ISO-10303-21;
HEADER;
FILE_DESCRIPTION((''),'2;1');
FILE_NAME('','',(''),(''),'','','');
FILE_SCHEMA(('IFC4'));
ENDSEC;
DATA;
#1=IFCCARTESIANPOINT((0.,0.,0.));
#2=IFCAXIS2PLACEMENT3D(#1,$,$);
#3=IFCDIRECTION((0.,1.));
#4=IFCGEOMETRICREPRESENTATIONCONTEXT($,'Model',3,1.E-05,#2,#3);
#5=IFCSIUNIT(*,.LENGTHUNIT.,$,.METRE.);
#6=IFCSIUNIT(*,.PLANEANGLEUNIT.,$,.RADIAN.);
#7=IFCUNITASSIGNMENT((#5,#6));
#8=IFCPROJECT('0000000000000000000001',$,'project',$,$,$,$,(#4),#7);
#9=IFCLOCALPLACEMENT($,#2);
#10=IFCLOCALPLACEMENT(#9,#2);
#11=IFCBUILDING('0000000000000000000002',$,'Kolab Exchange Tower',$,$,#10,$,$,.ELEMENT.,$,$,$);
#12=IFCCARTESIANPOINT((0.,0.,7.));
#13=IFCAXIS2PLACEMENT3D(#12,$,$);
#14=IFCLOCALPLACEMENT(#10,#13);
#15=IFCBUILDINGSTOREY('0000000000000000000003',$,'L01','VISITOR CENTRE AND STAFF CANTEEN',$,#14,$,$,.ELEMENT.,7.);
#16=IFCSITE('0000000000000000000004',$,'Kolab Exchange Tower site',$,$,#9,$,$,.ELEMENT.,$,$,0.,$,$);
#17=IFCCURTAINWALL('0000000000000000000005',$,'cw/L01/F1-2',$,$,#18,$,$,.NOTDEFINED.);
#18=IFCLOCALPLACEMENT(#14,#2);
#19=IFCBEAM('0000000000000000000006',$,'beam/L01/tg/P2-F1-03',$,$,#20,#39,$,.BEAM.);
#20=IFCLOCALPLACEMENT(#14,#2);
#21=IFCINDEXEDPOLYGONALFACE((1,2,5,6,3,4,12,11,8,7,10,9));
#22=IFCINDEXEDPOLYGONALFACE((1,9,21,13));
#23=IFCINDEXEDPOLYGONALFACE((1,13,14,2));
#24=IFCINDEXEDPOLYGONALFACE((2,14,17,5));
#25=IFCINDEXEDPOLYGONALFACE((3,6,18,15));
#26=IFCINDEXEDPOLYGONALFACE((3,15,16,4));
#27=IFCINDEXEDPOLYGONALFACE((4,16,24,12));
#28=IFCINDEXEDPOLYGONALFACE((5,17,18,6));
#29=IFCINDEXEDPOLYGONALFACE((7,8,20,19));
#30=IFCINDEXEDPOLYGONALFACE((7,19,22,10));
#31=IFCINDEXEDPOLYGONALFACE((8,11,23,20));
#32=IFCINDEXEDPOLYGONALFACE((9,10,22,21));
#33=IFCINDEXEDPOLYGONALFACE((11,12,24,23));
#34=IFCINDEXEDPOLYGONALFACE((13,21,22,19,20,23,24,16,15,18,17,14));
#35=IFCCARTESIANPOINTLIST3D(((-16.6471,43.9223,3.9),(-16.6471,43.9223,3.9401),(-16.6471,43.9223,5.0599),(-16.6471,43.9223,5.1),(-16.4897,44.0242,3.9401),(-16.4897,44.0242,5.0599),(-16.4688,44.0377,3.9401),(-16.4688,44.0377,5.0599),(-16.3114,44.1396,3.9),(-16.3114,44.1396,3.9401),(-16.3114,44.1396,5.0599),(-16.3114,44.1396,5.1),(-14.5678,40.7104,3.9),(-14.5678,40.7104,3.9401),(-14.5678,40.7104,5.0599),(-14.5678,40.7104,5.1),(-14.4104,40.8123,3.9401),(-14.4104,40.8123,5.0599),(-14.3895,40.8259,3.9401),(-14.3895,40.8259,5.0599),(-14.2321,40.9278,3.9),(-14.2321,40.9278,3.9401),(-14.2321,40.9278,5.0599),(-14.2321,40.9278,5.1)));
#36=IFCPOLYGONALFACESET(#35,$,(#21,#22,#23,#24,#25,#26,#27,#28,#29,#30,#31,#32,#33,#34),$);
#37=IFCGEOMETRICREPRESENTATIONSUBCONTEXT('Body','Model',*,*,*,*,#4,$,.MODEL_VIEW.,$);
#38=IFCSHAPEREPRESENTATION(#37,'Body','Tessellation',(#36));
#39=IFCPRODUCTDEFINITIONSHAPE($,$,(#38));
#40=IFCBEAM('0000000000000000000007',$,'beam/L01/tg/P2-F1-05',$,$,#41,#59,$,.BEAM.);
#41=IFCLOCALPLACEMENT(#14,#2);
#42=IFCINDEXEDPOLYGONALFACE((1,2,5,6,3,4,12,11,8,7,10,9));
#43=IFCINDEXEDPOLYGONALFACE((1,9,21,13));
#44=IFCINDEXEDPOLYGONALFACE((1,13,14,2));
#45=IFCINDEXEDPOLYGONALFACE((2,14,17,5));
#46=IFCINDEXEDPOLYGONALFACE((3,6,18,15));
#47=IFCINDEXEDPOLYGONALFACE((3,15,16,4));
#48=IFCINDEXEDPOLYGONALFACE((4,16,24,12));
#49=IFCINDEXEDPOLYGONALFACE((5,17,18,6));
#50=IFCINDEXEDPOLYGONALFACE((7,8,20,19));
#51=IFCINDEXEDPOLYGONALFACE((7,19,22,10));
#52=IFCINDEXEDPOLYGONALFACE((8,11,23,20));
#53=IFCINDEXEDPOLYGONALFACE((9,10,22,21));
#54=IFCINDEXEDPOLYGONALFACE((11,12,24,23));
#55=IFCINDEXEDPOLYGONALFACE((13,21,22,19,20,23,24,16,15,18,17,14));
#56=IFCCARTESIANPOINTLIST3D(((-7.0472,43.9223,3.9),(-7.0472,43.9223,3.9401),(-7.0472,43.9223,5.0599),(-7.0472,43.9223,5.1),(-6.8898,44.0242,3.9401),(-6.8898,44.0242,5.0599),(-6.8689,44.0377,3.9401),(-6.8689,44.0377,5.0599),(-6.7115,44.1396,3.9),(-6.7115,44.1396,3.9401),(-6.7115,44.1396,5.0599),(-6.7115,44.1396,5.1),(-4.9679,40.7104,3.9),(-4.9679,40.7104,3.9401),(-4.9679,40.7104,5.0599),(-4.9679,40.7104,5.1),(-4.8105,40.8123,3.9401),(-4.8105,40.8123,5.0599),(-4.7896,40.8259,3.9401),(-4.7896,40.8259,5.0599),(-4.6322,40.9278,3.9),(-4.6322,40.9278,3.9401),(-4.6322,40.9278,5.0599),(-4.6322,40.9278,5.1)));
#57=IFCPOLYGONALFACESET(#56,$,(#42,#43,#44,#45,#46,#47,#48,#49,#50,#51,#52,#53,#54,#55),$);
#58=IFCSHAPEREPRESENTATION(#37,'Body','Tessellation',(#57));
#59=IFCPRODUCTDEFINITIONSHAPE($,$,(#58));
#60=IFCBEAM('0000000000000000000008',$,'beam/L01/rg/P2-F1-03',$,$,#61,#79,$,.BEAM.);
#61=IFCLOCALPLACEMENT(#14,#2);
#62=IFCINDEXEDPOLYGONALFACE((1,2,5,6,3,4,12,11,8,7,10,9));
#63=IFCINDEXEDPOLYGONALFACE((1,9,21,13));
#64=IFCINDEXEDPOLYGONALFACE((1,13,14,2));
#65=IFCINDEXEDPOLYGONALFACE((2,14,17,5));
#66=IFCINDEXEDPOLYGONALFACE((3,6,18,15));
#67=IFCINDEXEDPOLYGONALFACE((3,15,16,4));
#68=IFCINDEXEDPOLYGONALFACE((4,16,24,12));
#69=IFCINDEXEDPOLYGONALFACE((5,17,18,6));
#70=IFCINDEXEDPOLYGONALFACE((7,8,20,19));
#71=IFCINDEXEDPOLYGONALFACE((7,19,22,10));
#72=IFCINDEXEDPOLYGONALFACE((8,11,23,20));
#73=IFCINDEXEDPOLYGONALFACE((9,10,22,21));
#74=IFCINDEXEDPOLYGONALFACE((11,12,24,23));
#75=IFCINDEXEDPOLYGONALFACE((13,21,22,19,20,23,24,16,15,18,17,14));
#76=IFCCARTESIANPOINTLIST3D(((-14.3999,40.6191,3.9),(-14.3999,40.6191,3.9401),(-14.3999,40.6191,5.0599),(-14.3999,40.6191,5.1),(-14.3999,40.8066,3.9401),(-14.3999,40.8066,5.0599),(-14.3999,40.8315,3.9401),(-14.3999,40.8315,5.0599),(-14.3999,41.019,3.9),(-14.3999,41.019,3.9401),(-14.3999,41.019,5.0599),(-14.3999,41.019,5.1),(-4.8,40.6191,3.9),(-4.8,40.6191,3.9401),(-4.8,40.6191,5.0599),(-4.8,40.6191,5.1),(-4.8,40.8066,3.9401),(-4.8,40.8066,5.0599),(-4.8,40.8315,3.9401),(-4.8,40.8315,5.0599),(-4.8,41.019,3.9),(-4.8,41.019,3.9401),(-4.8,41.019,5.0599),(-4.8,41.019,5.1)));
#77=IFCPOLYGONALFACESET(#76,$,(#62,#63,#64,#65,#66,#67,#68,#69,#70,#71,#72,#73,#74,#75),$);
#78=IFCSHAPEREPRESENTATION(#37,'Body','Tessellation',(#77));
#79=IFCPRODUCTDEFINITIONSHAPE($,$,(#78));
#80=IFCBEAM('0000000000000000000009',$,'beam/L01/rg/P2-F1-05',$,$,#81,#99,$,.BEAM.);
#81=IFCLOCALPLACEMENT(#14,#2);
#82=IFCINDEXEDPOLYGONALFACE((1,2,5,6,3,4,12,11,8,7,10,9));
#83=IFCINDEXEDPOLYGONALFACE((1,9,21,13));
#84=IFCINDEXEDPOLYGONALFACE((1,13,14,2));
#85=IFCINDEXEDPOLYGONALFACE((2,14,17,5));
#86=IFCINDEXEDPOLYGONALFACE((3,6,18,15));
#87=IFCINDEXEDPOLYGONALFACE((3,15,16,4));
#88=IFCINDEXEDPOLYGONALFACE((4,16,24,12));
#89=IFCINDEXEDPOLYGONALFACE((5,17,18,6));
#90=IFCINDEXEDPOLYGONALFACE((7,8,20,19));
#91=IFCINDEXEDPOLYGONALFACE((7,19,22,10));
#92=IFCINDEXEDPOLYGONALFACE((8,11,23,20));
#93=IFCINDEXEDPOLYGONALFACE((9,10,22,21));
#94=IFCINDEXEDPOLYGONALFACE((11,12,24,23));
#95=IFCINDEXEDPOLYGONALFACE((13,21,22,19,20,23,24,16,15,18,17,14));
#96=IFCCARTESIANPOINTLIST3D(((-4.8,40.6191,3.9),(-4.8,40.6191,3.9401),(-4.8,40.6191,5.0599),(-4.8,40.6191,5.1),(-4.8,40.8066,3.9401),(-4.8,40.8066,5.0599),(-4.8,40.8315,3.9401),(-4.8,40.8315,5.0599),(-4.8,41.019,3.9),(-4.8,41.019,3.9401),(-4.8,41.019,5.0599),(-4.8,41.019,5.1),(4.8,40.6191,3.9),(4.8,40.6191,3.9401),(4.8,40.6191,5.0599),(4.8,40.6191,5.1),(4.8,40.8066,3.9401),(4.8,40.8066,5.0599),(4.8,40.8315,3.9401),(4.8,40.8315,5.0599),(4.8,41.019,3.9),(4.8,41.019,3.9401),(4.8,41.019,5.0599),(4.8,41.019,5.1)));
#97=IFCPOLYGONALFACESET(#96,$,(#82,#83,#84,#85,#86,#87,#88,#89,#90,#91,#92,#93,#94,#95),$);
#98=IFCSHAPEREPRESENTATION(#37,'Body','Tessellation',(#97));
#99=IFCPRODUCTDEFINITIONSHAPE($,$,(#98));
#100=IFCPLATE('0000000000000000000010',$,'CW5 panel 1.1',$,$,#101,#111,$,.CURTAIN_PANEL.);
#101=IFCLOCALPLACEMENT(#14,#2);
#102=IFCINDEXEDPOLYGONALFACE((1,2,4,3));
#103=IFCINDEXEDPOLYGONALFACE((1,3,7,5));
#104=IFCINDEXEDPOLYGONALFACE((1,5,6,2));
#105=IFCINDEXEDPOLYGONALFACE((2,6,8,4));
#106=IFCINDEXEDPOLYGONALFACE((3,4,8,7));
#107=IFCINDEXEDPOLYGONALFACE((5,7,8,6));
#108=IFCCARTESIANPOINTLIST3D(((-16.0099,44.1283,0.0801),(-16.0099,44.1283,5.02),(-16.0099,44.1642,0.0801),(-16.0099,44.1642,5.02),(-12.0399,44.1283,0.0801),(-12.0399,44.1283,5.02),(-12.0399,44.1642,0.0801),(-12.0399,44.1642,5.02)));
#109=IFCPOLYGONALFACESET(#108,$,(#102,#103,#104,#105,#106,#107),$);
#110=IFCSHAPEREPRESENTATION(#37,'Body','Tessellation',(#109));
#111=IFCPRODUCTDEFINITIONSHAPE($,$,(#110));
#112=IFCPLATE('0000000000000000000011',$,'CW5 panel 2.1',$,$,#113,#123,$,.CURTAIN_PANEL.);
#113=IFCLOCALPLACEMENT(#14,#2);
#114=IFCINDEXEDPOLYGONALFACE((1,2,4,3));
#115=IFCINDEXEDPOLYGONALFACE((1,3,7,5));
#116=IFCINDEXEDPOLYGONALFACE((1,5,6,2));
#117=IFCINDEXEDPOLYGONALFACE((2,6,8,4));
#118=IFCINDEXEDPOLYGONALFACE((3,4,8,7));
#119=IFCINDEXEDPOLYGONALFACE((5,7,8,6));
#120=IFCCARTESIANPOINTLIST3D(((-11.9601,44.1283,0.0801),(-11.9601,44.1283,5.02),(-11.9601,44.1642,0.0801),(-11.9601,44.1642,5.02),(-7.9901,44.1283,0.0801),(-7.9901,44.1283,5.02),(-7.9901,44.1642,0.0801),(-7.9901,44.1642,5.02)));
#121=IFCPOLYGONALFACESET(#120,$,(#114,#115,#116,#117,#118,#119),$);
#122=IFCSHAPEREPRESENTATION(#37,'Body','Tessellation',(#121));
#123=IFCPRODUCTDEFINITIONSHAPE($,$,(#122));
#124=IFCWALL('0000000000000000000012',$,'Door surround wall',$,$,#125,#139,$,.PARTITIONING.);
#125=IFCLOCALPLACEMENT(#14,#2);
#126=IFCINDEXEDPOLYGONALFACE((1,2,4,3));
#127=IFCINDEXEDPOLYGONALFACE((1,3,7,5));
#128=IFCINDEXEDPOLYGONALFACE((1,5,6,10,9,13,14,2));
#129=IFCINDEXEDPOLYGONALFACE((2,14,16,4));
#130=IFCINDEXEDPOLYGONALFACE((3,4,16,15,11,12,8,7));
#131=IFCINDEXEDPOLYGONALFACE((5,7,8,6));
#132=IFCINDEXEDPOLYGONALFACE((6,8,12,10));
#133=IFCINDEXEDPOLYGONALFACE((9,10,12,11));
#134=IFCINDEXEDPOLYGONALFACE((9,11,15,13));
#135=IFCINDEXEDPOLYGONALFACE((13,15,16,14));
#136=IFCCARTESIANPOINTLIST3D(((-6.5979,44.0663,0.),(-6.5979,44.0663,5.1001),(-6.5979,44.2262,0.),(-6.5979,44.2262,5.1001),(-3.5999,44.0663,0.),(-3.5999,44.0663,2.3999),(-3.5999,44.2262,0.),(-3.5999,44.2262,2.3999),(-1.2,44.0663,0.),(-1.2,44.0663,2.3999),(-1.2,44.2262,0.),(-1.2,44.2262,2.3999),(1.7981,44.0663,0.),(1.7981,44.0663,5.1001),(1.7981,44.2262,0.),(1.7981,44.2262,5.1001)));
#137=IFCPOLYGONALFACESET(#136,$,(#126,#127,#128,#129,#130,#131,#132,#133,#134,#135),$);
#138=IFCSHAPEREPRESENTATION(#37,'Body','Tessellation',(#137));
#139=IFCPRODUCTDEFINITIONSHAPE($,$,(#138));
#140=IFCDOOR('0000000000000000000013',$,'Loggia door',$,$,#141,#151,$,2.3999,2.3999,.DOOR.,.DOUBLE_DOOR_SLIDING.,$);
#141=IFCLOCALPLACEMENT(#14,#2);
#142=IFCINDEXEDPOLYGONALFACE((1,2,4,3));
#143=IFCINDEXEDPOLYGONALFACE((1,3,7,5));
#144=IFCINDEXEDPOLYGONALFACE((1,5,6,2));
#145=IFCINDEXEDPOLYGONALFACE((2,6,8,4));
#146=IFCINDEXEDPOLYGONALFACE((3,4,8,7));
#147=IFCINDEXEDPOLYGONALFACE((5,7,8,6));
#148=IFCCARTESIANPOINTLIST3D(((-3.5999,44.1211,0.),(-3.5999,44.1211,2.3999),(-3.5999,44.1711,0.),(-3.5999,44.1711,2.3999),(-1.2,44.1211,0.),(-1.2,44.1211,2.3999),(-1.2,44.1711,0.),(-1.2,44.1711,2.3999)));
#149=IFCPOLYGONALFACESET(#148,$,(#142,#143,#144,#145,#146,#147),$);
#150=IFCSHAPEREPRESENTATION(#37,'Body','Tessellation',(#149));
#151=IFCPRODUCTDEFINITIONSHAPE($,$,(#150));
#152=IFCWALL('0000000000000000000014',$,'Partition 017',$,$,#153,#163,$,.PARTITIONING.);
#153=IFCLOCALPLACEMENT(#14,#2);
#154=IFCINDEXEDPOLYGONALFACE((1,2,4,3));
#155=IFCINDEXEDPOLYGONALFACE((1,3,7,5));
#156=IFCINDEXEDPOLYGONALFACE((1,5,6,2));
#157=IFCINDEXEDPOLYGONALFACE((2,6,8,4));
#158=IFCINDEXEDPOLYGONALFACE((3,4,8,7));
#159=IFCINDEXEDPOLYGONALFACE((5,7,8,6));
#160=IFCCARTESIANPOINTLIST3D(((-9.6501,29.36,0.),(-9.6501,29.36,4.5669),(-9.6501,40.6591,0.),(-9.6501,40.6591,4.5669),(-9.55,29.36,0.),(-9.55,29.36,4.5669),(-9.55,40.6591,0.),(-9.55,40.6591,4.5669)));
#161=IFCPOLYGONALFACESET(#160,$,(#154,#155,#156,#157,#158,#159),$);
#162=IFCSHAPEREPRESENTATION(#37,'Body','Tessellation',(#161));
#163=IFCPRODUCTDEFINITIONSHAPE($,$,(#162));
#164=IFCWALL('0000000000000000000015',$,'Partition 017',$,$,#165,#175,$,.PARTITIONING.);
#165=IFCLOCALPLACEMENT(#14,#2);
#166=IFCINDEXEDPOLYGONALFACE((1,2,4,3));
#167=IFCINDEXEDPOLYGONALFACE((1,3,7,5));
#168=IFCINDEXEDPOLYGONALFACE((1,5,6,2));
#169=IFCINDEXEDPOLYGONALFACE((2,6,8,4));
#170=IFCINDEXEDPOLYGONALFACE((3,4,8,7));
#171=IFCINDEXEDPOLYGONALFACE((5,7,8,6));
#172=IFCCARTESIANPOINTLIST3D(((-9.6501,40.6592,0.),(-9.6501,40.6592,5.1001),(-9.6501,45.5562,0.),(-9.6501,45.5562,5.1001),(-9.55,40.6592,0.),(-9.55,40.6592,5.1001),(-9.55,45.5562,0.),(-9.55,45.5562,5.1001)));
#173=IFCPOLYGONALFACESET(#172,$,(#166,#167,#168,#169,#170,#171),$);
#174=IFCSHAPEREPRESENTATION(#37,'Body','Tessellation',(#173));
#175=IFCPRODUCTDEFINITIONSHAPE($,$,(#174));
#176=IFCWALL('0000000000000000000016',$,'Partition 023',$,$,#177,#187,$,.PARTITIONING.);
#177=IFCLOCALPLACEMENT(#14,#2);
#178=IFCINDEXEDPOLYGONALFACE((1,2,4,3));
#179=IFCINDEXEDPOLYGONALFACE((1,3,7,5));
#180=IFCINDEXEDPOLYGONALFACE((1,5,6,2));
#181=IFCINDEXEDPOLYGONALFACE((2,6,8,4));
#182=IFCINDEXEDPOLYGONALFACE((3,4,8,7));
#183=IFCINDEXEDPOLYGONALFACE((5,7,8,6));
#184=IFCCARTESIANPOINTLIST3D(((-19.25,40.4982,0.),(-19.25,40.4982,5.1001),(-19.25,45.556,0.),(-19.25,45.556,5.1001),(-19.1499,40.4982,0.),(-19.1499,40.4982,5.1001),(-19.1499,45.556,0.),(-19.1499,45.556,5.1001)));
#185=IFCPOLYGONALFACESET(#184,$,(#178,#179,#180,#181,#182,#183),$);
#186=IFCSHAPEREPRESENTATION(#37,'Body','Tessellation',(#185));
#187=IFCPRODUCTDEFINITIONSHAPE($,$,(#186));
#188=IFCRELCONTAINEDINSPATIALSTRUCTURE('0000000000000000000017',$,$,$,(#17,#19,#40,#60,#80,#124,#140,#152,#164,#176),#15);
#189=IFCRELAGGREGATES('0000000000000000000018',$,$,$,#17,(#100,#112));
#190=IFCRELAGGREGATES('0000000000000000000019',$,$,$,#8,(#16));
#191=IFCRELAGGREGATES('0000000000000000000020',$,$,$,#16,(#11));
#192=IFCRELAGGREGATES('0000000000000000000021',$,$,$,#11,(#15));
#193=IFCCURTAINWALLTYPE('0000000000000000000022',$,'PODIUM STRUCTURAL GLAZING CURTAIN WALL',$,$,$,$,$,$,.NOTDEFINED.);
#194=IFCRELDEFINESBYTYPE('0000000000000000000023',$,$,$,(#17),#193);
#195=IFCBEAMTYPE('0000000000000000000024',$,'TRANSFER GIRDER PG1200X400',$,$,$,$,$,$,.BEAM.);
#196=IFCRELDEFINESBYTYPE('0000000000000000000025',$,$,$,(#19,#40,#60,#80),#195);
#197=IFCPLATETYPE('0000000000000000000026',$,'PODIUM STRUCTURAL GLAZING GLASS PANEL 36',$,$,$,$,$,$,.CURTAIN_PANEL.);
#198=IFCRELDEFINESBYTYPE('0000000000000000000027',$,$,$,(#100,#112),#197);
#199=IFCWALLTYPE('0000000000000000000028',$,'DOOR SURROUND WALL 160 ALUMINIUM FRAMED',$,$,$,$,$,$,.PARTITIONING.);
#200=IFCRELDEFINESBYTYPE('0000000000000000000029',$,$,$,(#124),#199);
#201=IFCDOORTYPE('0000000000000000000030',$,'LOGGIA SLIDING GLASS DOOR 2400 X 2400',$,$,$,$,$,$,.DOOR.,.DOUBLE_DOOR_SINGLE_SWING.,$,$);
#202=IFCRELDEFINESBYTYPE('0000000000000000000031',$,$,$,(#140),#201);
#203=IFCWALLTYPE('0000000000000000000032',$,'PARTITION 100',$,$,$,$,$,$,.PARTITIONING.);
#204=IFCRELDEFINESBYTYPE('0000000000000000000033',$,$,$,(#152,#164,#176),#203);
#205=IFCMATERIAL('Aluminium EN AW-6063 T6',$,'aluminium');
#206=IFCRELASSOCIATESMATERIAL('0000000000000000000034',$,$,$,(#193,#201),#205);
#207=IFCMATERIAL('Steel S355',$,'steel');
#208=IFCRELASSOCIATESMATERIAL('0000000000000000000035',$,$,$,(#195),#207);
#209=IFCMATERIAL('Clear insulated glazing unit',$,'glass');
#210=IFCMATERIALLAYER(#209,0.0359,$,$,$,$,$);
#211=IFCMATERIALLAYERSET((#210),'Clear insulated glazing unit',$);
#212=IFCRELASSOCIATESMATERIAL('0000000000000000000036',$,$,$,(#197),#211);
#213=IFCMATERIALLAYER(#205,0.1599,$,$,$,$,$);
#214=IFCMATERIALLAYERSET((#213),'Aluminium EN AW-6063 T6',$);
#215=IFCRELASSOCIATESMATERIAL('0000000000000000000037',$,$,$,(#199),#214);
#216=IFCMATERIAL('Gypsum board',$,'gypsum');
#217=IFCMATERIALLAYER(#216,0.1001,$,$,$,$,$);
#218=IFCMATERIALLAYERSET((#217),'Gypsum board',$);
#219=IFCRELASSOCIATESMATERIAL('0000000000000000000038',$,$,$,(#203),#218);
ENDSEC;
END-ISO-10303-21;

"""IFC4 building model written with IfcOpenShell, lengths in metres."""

from ifc_helpers import new_model, si_unit, direction, frame, frame_2d, origin, origin_2d, place, context, subcontext, project, spatial, rectangle, i_section, extrude, material, layer, layer_set, material_profile, profile_set, type_object, element, fill, aggregate, save


model = new_model("IFC4")

# Units and contexts
model_context = context("Model", 3, precision=1e-05, world=origin(), true_north=direction((0.0, 1.0)))
body_context = subcontext(model_context, "Body", "Model", "MODEL_VIEW")
ifc_project = project(units=[si_unit("LENGTHUNIT", "METRE"), si_unit("PLANEANGLEUNIT", "RADIAN")], contexts=[model_context])

# Site, building, storey
site_placement = place(None, origin())
site = spatial("IfcSite", under=ifc_project, at=site_placement, Name="Kolab Exchange Tower site", CompositionType="ELEMENT", RefElevation=0.0)
building_placement = place(site_placement, origin())
building = spatial("IfcBuilding", under=site, at=building_placement, Name="Kolab Exchange Tower", CompositionType="ELEMENT")
storey_placement = place(building_placement, frame((0.0, 0.0, 7.0)))
storey = spatial("IfcBuildingStorey", under=building, at=storey_placement, Name="L01", Description="VISITOR CENTRE AND STAFF CANTEEN", CompositionType="ELEMENT", Elevation=7.0)

# Shared definitions
ifc_material_1 = material(Name="Steel S355", Category="steel")

# Shared definitions
ifc_material_2 = material(Name="Aluminium EN AW-6063 T6", Category="aluminium")
curtain_wall_type = type_object("IfcCurtainWallType", Name="PODIUM STRUCTURAL GLAZING CURTAIN WALL", PredefinedType="NOTDEFINED", material=ifc_material_2)

# Curtain wall
curtain_wall_1_placement = place(storey_placement, origin())
curtain_wall_1 = element("IfcCurtainWall", 1, at=curtain_wall_1_placement, inside=storey, type_object=curtain_wall_type, Name="cw/L01/F1-2", PredefinedType="NOTDEFINED")

# Beams
ifc_material_profile_1 = material_profile(ifc_material_1, i_section(OverallWidth=0.3999, OverallDepth=1.2, WebThickness=0.0249, FlangeThickness=0.04, at=origin_2d()), Name="PG1200X400")
ifc_profile_set_1 = profile_set([ifc_material_profile_1], Name="Steel S355")
beam_type_1 = type_object("IfcBeamType", Name="TRANSFER GIRDER PG1200X400", PredefinedType="BEAM", material=ifc_profile_set_1)
for number, where, z_axis, x_axis, name in (
    (2, (-14.3999, 40.8191, 4.5), (-0.543444, 0.839445, 0.0), (-0.839445, -0.543444, 0.0), "beam/L01/tg/P2-F1-03"),
    (3, (-4.8, 40.8191, 4.5), (-0.543444, 0.839445, 0.0), (-0.839445, -0.543444, 0.0), "beam/L01/tg/P2-F1-05"),
):
    element("IfcBeam", number, at=place(storey_placement, frame(where, z_axis=z_axis, x_axis=x_axis)), inside=storey, type_object=beam_type_1, Name=name, PredefinedType="BEAM", context=body_context, shape_type="SweptSolid", body=[
        extrude(i_section(OverallWidth=0.3999, OverallDepth=1.2, WebThickness=0.0249, FlangeThickness=0.04, at=origin_2d()), origin(), (0.0, 0.0, 1.0), 3.8262),
    ])
beam_1_placement = place(storey_placement, frame((-14.3999, 40.8191, 4.5), z_axis=(1.0, 0.0, 0.0), x_axis=(0.0, 1.0, 0.0)))
element("IfcBeam", 4, at=beam_1_placement, inside=storey, type_object=beam_type_1, Name="beam/L01/rg/P2-F1-03", PredefinedType="BEAM", context=body_context, shape_type="SweptSolid", body=[
    extrude(i_section(OverallWidth=0.3999, OverallDepth=1.2, WebThickness=0.0249, FlangeThickness=0.04, at=origin_2d()), origin(), (0.0, 0.0, 1.0), 9.5999),
])
beam_2_placement = place(storey_placement, frame((-4.8, 40.8191, 4.5), z_axis=(1.0, 0.0, 0.0), x_axis=(0.0, 1.0, 0.0)))
element("IfcBeam", 5, at=beam_2_placement, inside=storey, type_object=beam_type_1, Name="beam/L01/rg/P2-F1-05", PredefinedType="BEAM", context=body_context, shape_type="SweptSolid", body=[
    extrude(i_section(OverallWidth=0.3999, OverallDepth=1.2, WebThickness=0.0249, FlangeThickness=0.04, at=origin_2d()), origin(), (0.0, 0.0, 1.0), 9.6001),
])

# Plates
ifc_material_3 = material(Name="Clear insulated glazing unit", Category="glass")
ifc_layer_1 = layer(ifc_material_3, 0.0359)
ifc_layer_set_1 = layer_set([ifc_layer_1], Name="Clear insulated glazing unit")
plate_type = type_object("IfcPlateType", Name="PODIUM STRUCTURAL GLAZING GLASS PANEL 36", PredefinedType="CURTAIN_PANEL", material=ifc_layer_set_1)
plate_1_placement = place(storey_placement, frame((-14.0249, 44.1462, 0.0801), z_axis=(0.0, 0.0, 1.0), x_axis=(1.0, 0.0, 0.0)))
plate_1 = element("IfcPlate", 6, at=plate_1_placement, type_object=plate_type, Name="CW5 panel 1.1", PredefinedType="CURTAIN_PANEL", context=body_context, shape_type="SweptSolid", body=[
    extrude(rectangle(XDim=3.97, YDim=0.0359, at=origin_2d()), origin(), (0.0, 0.0, 1.0), 4.9399),
])
plate_2_placement = place(storey_placement, frame((-9.9751, 44.1462, 0.0801), z_axis=(0.0, 0.0, 1.0), x_axis=(1.0, 0.0, 0.0)))
plate_2 = element("IfcPlate", 7, at=plate_2_placement, type_object=plate_type, Name="CW5 panel 2.1", PredefinedType="CURTAIN_PANEL", context=body_context, shape_type="SweptSolid", body=[
    extrude(rectangle(XDim=3.97, YDim=0.0359, at=origin_2d()), origin(), (0.0, 0.0, 1.0), 4.9399),
])
aggregate(curtain_wall_1, [plate_1, plate_2])

# Wall, opening, door
ifc_layer_2 = layer(ifc_material_2, 0.1599)
ifc_layer_set_2 = layer_set([ifc_layer_2], Name="Aluminium EN AW-6063 T6")
wall_type_1 = type_object("IfcWallType", Name="DOOR SURROUND WALL 160 ALUMINIUM FRAMED", PredefinedType="PARTITIONING", material=ifc_layer_set_2)
wall_1_placement = place(storey_placement, frame((-6.5979, 44.1462, 0.0), z_axis=(0.0, 0.0, 1.0), x_axis=(1.0, 0.0, 0.0)))
wall_1 = element("IfcWall", 8, at=wall_1_placement, inside=storey, type_object=wall_type_1, Name="Door surround wall", PredefinedType="PARTITIONING", context=body_context, shape_type="SweptSolid", body=[
    extrude(rectangle(XDim=8.396, YDim=0.1599, at=frame_2d((4.198, 0.0))), origin(), (0.0, 0.0, 1.0), 5.1001),
])
opening_placement = place(wall_1_placement, frame((2.998, 0.0, 0.0)))
opening = element("IfcOpeningElement", 9, at=opening_placement, cuts=wall_1, PredefinedType="OPENING", context=body_context, shape_type="SweptSolid", body=[
    extrude(rectangle(XDim=2.3999, YDim=2.3999, at=frame_2d((1.2, 1.2))), frame((0.0, 0.0898, 0.0), z_axis=(0.0, -1.0, 0.0), x_axis=(1.0, 0.0, 0.0)), (0.0, 0.0, 1.0), 0.1799),
])
door_type = type_object("IfcDoorType", Name="LOGGIA SLIDING GLASS DOOR 2400 X 2400", OperationType="DOUBLE_DOOR_SINGLE_SWING", PredefinedType="DOOR", material=ifc_material_2)
door_placement = place(opening_placement, origin())
door = element("IfcDoor", 10, at=door_placement, inside=storey, type_object=door_type, Name="Loggia door", OperationType="DOUBLE_DOOR_SLIDING", OverallHeight=2.3999, OverallWidth=2.3999, PredefinedType="DOOR", context=body_context, shape_type="SweptSolid", body=[
    extrude(rectangle(XDim=2.3999, YDim=2.3999, at=frame_2d((1.2, 1.2))), frame((0.0, 0.0249, 0.0), z_axis=(0.0, -1.0, 0.0), x_axis=(1.0, 0.0, 0.0)), (0.0, 0.0, 1.0), 0.05),
])
fill(opening, door)

# Walls
ifc_material_4 = material(Name="Gypsum board", Category="gypsum")
ifc_layer_3 = layer(ifc_material_4, 0.1001)
ifc_layer_set_3 = layer_set([ifc_layer_3], Name="Gypsum board")
wall_type_2 = type_object("IfcWallType", Name="PARTITION 100", PredefinedType="PARTITIONING", material=ifc_layer_set_3)
wall_2_placement = place(storey_placement, frame((-9.6001, 29.3601, 0.0), z_axis=(0.0, 0.0, 1.0), x_axis=(0.0, 1.0, 0.0)))
element("IfcWall", 11, at=wall_2_placement, inside=storey, type_object=wall_type_2, Name="Partition 017", PredefinedType="PARTITIONING", context=body_context, shape_type="SweptSolid", body=[
    extrude(rectangle(XDim=11.2991, YDim=0.1001, at=frame_2d((5.6494, 0.0))), origin(), (0.0, 0.0, 1.0), 4.5669),
])
wall_3_placement = place(storey_placement, frame((-9.6001, 40.6592, 0.0), z_axis=(0.0, 0.0, 1.0), x_axis=(0.0, 1.0, 0.0)))
element("IfcWall", 12, at=wall_3_placement, inside=storey, type_object=wall_type_2, Name="Partition 017", PredefinedType="PARTITIONING", context=body_context, shape_type="SweptSolid", body=[
    extrude(rectangle(XDim=4.897, YDim=0.1001, at=frame_2d((2.4485, 0.0))), origin(), (0.0, 0.0, 1.0), 5.1001),
])
wall_4_placement = place(storey_placement, frame((-19.2, 40.4983, 0.0), z_axis=(0.0, 0.0, 1.0), x_axis=(0.0, 1.0, 0.0)))
element("IfcWall", 13, at=wall_4_placement, inside=storey, type_object=wall_type_2, Name="Partition 023", PredefinedType="PARTITIONING", context=body_context, shape_type="SweptSolid", body=[
    extrude(rectangle(XDim=5.0579, YDim=0.1001, at=frame_2d((2.5288, 0.0))), origin(), (0.0, 0.0, 1.0), 5.1001),
])

save(model, "model.ifc")
